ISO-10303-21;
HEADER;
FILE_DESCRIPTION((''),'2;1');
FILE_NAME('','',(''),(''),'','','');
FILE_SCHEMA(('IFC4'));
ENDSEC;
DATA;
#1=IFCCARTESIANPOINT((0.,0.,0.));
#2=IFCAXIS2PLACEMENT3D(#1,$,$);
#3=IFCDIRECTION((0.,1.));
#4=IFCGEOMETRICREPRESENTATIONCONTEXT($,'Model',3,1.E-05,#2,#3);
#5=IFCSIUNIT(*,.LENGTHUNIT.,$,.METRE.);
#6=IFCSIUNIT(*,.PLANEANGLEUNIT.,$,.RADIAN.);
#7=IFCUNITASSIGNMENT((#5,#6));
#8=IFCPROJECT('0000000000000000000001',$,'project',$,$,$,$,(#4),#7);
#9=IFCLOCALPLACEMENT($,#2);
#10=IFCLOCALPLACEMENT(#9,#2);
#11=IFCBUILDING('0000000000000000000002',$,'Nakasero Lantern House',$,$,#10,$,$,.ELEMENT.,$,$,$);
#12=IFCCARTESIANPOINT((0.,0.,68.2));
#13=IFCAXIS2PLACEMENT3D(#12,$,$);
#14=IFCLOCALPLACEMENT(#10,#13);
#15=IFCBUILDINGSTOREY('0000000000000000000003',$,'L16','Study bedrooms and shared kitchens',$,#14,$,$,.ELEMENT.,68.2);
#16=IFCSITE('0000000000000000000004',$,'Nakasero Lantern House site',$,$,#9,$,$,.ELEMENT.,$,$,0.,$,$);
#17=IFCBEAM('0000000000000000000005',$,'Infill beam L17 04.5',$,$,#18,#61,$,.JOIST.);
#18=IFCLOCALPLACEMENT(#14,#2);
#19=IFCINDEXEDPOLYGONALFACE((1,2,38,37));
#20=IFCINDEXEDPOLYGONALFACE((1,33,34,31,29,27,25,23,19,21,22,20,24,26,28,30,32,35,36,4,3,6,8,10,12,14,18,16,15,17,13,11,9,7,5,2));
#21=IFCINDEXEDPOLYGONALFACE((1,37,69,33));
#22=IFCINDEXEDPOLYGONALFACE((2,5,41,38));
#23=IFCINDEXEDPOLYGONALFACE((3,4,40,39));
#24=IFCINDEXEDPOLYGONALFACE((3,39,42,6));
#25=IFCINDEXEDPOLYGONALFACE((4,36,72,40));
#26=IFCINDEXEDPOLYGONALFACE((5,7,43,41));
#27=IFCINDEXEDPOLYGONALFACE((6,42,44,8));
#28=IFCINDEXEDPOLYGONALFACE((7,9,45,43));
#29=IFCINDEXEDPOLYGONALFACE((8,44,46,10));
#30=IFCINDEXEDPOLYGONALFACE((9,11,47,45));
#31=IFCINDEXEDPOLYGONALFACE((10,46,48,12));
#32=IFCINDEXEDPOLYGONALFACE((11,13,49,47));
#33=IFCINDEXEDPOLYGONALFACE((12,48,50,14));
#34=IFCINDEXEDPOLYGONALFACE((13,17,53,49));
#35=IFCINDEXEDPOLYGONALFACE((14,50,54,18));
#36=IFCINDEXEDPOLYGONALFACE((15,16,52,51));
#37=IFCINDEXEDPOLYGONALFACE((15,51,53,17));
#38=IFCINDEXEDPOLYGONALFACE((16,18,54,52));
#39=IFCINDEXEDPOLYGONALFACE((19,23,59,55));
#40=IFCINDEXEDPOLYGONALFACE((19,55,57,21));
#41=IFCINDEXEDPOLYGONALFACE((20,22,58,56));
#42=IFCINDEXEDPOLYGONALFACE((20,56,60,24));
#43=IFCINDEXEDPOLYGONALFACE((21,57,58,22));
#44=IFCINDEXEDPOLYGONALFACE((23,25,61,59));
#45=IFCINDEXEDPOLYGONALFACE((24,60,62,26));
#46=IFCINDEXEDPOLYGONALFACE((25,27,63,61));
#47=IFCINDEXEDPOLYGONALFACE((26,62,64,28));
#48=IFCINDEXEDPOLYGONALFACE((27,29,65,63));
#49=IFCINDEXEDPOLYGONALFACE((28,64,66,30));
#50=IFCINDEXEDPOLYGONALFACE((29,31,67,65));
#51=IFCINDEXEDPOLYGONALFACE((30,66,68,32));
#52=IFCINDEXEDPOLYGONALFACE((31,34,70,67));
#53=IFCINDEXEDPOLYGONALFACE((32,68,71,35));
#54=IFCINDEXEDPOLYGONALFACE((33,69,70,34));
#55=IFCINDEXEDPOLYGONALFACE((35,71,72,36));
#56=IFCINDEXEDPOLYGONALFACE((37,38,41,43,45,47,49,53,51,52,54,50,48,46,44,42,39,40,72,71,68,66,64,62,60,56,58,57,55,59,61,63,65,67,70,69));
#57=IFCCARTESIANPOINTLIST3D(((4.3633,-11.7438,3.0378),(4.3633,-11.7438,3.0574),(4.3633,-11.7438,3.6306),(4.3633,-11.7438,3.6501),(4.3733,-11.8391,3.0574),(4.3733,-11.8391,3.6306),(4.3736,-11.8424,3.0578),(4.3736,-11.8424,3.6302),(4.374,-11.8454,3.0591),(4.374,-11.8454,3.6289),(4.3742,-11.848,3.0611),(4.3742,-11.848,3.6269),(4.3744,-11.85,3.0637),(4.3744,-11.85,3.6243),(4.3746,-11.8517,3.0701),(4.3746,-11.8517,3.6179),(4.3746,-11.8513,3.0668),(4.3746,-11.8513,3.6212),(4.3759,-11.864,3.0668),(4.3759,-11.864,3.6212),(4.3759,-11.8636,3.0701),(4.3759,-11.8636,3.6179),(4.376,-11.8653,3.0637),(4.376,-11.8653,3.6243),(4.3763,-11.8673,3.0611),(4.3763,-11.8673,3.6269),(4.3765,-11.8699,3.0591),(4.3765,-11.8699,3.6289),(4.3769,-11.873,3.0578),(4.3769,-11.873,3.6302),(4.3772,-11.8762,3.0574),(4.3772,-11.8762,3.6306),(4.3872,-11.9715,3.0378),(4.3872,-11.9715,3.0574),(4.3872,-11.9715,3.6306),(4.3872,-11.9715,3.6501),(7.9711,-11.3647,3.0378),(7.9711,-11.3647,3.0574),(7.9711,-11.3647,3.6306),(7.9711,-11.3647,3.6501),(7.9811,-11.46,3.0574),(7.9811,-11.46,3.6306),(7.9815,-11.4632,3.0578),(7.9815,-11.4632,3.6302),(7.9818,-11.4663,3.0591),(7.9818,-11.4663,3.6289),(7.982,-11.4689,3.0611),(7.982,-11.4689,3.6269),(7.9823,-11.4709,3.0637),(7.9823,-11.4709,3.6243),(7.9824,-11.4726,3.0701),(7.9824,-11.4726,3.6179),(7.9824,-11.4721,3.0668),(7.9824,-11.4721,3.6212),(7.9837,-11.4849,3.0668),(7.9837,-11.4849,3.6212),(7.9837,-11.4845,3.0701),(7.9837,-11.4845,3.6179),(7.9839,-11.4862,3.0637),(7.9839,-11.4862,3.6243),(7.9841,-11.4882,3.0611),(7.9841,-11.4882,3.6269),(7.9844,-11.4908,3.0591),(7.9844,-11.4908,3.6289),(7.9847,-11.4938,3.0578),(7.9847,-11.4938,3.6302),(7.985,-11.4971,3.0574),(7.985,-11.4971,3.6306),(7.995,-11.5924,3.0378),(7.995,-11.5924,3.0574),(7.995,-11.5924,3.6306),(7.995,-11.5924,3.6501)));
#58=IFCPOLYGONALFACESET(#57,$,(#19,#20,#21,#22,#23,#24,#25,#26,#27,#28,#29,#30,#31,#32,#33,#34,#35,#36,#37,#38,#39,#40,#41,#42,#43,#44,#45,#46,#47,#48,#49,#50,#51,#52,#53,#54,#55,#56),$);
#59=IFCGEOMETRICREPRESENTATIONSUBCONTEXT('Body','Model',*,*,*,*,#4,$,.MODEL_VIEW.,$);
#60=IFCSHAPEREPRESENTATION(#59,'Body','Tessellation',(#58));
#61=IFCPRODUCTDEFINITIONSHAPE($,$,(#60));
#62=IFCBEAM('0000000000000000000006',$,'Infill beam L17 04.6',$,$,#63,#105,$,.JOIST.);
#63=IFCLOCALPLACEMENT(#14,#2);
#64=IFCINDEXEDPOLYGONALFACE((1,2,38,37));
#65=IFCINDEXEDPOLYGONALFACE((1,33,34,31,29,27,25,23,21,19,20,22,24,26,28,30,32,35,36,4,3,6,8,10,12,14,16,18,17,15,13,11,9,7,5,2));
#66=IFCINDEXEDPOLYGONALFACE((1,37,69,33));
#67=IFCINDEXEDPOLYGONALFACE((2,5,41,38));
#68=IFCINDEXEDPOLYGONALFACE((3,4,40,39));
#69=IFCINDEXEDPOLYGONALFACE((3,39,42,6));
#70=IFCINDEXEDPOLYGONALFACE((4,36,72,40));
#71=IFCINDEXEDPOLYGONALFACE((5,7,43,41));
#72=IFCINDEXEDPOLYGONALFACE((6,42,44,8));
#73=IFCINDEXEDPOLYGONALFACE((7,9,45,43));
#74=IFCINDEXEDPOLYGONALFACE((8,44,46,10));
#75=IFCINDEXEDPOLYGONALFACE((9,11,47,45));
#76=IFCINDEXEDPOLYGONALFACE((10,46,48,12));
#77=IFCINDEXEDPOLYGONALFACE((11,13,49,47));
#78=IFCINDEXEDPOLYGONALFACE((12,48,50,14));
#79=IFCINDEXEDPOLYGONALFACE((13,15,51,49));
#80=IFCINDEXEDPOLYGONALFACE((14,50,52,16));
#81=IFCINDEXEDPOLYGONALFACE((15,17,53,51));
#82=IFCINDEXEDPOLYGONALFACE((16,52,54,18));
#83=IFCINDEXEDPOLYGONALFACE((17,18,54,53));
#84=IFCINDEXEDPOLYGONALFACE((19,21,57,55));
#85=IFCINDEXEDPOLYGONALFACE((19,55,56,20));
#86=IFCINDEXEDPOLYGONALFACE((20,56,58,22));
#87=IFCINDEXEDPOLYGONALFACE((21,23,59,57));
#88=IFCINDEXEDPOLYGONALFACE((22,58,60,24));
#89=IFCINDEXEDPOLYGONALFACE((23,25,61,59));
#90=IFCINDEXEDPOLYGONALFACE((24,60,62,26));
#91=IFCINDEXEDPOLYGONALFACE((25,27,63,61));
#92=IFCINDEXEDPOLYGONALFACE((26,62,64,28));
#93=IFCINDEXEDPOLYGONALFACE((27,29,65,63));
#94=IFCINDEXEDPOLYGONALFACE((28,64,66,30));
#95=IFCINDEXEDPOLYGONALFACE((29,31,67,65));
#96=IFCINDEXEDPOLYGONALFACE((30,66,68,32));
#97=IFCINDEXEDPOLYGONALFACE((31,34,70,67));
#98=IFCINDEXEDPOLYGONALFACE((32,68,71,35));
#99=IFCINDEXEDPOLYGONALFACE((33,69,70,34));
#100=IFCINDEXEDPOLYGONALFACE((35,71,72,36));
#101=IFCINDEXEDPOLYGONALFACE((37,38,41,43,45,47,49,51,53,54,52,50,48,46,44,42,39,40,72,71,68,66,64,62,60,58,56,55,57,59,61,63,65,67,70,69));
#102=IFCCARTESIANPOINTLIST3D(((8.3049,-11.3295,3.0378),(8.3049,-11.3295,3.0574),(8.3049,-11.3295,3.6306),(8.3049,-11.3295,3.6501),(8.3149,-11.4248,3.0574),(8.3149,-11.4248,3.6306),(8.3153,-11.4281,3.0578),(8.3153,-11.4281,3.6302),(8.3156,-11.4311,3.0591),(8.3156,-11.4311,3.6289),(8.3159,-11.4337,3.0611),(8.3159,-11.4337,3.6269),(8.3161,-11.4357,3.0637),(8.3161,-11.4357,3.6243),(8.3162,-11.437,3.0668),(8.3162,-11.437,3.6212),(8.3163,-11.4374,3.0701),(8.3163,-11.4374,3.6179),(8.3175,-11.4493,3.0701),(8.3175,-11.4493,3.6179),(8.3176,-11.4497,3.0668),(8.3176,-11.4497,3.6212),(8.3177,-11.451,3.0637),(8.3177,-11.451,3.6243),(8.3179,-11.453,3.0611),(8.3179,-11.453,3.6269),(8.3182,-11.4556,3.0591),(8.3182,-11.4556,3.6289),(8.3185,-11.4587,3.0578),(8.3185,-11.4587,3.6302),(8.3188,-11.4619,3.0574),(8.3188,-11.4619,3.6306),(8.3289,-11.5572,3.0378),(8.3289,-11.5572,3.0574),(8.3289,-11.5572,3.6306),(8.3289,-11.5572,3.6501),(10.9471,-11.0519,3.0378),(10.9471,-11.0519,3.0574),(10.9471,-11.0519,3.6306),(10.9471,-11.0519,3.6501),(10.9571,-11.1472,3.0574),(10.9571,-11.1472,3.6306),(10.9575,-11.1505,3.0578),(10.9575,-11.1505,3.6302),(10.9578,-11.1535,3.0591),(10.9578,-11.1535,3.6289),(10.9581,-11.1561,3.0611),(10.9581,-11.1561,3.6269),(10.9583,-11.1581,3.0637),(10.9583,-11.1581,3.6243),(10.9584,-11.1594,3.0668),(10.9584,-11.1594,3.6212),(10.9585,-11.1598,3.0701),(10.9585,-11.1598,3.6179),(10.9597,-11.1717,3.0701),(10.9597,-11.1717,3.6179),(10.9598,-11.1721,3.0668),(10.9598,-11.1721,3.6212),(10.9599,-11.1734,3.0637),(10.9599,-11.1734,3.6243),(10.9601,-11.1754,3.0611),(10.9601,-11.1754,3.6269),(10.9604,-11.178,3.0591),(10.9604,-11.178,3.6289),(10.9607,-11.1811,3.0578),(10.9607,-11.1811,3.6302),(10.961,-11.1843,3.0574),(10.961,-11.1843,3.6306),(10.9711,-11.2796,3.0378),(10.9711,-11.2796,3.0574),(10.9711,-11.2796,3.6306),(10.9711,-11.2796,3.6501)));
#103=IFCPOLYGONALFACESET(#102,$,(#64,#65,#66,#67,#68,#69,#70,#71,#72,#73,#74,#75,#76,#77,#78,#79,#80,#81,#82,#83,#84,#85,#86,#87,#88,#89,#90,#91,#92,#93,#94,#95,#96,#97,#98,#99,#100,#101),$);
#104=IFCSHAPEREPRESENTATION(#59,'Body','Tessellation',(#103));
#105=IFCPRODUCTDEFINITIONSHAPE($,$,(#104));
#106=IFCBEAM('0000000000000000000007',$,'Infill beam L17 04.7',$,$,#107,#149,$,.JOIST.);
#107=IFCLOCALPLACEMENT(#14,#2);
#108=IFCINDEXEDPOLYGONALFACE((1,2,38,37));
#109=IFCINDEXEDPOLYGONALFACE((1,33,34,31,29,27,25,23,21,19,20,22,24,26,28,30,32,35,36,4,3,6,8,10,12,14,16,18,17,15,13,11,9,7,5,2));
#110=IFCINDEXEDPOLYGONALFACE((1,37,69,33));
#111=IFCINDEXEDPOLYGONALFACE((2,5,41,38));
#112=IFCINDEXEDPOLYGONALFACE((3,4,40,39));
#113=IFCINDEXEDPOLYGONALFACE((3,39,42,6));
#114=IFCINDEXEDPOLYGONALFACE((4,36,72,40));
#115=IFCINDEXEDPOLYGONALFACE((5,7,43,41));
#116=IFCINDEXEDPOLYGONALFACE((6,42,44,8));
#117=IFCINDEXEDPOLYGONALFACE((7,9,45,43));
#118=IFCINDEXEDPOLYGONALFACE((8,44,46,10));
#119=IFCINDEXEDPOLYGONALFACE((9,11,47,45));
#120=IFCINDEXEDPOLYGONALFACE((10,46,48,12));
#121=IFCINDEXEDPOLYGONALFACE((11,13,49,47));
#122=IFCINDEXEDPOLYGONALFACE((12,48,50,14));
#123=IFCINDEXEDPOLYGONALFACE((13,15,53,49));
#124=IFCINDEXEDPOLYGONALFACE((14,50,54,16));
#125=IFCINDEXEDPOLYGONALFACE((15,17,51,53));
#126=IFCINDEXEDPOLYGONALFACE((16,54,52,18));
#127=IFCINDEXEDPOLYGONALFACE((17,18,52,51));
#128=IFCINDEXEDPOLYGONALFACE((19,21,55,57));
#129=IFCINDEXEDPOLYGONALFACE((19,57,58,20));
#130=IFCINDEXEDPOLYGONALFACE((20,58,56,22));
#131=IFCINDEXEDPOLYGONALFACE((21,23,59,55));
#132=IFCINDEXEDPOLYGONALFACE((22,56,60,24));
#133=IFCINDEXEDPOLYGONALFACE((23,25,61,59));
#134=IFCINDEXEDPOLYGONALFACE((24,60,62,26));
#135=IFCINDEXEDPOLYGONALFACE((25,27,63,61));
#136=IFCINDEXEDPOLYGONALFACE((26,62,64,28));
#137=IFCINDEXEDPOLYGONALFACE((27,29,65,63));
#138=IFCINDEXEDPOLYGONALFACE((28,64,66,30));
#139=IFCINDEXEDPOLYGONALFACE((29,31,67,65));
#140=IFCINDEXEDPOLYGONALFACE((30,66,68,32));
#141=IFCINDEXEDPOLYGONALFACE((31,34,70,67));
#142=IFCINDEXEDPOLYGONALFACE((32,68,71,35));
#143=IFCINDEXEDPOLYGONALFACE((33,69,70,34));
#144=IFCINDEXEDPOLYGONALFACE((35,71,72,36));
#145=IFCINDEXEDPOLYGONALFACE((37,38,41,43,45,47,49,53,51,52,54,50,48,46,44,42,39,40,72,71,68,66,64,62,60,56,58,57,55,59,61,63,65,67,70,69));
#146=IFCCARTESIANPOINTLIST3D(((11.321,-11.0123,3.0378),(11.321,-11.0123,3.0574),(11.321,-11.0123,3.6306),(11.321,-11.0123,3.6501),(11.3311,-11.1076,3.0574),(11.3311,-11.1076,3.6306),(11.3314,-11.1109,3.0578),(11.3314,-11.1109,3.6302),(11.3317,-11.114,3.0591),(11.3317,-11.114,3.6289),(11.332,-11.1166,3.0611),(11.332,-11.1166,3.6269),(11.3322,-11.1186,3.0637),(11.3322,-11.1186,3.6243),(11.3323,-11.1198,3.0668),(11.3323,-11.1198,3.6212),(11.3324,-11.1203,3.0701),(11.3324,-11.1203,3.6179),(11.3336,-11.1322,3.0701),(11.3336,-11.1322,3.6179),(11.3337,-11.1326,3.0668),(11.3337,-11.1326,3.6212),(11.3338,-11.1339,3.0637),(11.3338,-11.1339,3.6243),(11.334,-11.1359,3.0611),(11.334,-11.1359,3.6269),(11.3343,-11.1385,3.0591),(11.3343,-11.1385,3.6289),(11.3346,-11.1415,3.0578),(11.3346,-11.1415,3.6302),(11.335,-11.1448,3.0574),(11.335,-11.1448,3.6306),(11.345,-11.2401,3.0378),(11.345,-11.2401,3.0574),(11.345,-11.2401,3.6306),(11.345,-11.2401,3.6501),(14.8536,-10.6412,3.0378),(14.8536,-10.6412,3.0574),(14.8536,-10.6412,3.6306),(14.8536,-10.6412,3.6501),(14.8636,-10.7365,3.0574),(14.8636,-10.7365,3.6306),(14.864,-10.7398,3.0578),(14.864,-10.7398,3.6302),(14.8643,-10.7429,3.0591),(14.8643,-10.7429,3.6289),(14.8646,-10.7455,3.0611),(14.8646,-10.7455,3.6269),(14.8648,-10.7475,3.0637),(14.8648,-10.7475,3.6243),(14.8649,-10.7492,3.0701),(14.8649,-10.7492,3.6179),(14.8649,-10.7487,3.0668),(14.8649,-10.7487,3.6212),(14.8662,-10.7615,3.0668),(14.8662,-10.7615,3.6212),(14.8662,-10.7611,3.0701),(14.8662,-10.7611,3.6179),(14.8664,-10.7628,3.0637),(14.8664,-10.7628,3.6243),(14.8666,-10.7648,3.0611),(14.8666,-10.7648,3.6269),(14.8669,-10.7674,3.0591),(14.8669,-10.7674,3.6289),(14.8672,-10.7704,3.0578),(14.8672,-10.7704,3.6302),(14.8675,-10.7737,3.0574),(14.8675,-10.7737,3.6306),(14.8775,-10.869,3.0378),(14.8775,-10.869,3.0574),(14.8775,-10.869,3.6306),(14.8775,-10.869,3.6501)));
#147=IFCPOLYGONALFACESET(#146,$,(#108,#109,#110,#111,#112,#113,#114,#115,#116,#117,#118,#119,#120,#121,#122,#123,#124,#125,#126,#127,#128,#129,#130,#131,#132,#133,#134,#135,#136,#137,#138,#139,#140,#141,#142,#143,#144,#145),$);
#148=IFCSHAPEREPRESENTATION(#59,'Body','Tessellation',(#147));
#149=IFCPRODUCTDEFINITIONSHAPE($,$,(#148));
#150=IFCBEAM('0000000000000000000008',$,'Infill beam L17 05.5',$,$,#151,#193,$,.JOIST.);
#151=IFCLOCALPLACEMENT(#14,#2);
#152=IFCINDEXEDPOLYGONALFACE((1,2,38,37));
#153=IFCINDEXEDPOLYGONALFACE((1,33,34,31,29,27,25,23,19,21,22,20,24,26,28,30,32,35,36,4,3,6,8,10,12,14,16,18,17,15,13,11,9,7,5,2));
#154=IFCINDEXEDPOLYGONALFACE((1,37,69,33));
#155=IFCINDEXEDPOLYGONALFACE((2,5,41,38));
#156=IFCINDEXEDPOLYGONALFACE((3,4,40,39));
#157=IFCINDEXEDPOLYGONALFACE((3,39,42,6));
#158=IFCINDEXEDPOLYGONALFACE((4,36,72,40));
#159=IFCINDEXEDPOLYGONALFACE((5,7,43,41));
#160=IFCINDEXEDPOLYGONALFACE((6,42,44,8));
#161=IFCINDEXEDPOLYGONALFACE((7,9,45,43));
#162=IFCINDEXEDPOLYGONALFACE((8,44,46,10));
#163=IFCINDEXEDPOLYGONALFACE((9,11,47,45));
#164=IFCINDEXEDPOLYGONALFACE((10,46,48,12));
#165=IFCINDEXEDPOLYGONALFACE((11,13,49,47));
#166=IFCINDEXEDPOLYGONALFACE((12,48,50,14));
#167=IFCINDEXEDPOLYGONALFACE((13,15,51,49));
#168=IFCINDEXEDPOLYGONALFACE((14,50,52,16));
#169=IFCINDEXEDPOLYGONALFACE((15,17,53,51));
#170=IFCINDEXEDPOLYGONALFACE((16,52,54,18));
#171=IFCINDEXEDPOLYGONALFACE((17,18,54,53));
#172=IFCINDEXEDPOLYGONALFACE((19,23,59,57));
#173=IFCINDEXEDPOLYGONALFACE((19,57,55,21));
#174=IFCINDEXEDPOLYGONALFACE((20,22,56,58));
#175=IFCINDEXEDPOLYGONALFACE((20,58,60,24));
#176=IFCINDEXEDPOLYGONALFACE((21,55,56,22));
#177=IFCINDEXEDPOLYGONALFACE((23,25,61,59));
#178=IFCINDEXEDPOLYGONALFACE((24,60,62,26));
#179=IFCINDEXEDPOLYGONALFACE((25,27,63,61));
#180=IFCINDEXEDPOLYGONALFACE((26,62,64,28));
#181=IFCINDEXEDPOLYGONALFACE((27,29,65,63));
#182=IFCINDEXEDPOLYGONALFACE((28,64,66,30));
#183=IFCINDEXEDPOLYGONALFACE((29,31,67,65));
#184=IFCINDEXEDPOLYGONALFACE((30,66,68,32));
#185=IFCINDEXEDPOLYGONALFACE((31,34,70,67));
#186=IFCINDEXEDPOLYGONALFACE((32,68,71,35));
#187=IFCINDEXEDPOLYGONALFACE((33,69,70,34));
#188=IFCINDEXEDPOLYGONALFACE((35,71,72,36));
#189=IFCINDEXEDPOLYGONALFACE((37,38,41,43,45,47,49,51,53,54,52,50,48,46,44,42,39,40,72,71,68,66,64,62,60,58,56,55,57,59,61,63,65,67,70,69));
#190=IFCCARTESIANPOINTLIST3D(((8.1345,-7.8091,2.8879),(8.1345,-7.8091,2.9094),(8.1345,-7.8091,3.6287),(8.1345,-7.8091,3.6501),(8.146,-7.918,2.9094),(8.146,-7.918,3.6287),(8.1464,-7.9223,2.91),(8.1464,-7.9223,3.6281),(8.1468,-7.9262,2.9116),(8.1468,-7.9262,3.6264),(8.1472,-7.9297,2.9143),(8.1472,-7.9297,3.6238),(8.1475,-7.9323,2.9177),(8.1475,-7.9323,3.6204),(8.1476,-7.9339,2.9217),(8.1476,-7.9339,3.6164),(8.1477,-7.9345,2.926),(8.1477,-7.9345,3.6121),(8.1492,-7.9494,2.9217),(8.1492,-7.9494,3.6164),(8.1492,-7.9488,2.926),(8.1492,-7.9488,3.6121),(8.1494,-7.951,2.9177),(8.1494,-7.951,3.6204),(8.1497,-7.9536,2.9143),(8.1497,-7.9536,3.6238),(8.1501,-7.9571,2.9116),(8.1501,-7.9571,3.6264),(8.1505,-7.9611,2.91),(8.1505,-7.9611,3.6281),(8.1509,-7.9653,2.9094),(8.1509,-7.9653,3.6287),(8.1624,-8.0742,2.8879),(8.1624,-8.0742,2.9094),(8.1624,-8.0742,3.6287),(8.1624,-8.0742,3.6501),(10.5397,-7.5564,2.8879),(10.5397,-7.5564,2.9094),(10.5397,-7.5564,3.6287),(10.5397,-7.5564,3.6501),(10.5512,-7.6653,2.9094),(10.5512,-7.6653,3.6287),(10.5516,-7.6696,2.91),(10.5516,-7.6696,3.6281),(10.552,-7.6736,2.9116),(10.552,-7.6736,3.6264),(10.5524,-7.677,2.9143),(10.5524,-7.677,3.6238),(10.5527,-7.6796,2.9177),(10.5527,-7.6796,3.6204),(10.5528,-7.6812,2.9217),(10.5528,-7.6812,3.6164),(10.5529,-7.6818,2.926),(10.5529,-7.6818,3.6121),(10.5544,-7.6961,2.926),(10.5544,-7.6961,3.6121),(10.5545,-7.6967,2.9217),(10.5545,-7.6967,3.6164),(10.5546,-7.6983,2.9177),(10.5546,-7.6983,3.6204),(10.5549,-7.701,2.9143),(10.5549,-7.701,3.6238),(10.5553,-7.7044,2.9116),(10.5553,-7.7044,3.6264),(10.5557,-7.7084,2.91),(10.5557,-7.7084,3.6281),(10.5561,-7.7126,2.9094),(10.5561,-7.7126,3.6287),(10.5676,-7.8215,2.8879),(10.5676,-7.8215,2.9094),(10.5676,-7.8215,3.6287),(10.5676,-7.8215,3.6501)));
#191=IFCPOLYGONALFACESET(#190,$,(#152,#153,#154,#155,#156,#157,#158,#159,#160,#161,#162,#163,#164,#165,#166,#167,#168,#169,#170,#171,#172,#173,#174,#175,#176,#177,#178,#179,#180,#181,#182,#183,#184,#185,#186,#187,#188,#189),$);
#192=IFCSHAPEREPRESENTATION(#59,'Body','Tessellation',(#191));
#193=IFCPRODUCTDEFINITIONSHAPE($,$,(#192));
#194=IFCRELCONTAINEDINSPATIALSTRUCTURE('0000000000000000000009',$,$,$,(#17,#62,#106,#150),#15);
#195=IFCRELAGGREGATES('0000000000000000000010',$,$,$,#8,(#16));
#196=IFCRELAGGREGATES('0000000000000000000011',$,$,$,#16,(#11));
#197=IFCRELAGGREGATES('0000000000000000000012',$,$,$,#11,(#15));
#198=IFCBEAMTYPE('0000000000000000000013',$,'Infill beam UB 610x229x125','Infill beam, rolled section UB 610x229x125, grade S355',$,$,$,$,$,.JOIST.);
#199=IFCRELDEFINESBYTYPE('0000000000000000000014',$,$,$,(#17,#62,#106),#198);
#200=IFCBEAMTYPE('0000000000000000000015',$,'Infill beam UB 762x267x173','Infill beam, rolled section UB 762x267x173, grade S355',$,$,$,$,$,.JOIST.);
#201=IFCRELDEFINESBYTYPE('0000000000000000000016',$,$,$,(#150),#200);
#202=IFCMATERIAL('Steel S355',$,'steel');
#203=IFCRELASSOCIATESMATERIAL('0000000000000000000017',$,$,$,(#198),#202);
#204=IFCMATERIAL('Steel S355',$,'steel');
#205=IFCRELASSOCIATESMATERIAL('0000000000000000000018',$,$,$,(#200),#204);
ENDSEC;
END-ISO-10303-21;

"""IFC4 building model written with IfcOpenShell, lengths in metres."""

from ifc_helpers import new_model, si_unit, direction, frame, origin, origin_2d, place, context, subcontext, project, spatial, i_section, extrude, material, material_profile, profile_set, type_object, element, save


model = new_model("IFC4")

# Units and contexts
model_context = context("Model", 3, precision=1e-05, world=origin(), true_north=direction((0.0, 1.0)))
body_context = subcontext(model_context, "Body", "Model", "MODEL_VIEW")
ifc_project = project(units=[si_unit("LENGTHUNIT", "METRE"), si_unit("PLANEANGLEUNIT", "RADIAN")], contexts=[model_context])

# Site, building, storey
site_placement = place(None, origin())
site = spatial("IfcSite", under=ifc_project, at=site_placement, Name="Nakasero Lantern House site", CompositionType="ELEMENT", RefElevation=0.0)
building_placement = place(site_placement, origin())
building = spatial("IfcBuilding", under=site, at=building_placement, Name="Nakasero Lantern House", CompositionType="ELEMENT")
storey_placement = place(building_placement, frame((0.0, 0.0, 68.2)))
storey = spatial("IfcBuildingStorey", under=building, at=storey_placement, Name="L16", Description="Study bedrooms and shared kitchens", CompositionType="ELEMENT", Elevation=68.2)

# Beams
ifc_material_1 = material(Name="Steel S355", Category="steel")
ifc_material_profile_1 = material_profile(ifc_material_1, i_section(OverallWidth=0.229, OverallDepth=0.6123, WebThickness=0.012, FlangeThickness=0.0195, FilletRadius=0.0127, at=origin_2d()), Name="UB 610x229x125")
ifc_profile_set_1 = profile_set([ifc_material_profile_1], Name="Steel S355")
beam_type_1 = type_object("IfcBeamType", Name="Infill beam UB 610x229x125", Description="Infill beam, rolled section UB 610x229x125, grade S355", PredefinedType="JOIST", material=ifc_profile_set_1)
beam_1_placement = place(storey_placement, frame((4.3752, -11.8577, 3.344), z_axis=(0.994524, 0.104513, 0.0), x_axis=(-0.104513, 0.994524, 0.0)))
element("IfcBeam", 1, at=beam_1_placement, inside=storey, type_object=beam_type_1, Name="Infill beam L17 04.5", PredefinedType="JOIST", context=body_context, shape_type="SweptSolid", body=[
    extrude(i_section(OverallWidth=0.229, OverallDepth=0.6123, WebThickness=0.012, FlangeThickness=0.0195, FilletRadius=0.0127, at=origin_2d()), origin(), (0.0, 0.0, 1.0), 3.6277),
])
beam_2_placement = place(storey_placement, frame((8.3169, -11.4434, 3.344), z_axis=(0.994526, 0.104489, 0.0), x_axis=(-0.104489, 0.994526, 0.0)))
element("IfcBeam", 2, at=beam_2_placement, inside=storey, type_object=beam_type_1, Name="Infill beam L17 04.6", PredefinedType="JOIST", context=body_context, shape_type="SweptSolid", body=[
    extrude(i_section(OverallWidth=0.229, OverallDepth=0.6123, WebThickness=0.012, FlangeThickness=0.0195, FilletRadius=0.0127, at=origin_2d()), origin(), (0.0, 0.0, 1.0), 2.6567),
])
beam_3_placement = place(storey_placement, frame((11.333, -11.1262, 3.344), z_axis=(0.994527, 0.104477, 0.0), x_axis=(-0.104477, 0.994527, 0.0)))
element("IfcBeam", 3, at=beam_3_placement, inside=storey, type_object=beam_type_1, Name="Infill beam L17 04.7", PredefinedType="JOIST", context=body_context, shape_type="SweptSolid", body=[
    extrude(i_section(OverallWidth=0.229, OverallDepth=0.6123, WebThickness=0.012, FlangeThickness=0.0195, FilletRadius=0.0127, at=origin_2d()), origin(), (0.0, 0.0, 1.0), 3.552),
])
ifc_material_2 = material(Name="Steel S355", Category="steel")
ifc_material_profile_2 = material_profile(ifc_material_2, i_section(OverallWidth=0.2666, OverallDepth=0.7622, WebThickness=0.0144, FlangeThickness=0.0215, FilletRadius=0.0166, at=origin_2d()), Name="UB 762x267x173")
ifc_profile_set_2 = profile_set([ifc_material_profile_2], Name="Steel S355")
beam_type_2 = type_object("IfcBeamType", Name="Infill beam UB 762x267x173", Description="Infill beam, rolled section UB 762x267x173, grade S355", PredefinedType="JOIST", material=ifc_profile_set_2)
beam_4_placement = place(storey_placement, frame((8.1484, -7.9417, 3.269), z_axis=(0.994527, 0.10448, 0.0), x_axis=(-0.10448, 0.994527, 0.0)))
element("IfcBeam", 4, at=beam_4_placement, inside=storey, type_object=beam_type_2, Name="Infill beam L17 05.5", PredefinedType="JOIST", context=body_context, shape_type="SweptSolid", body=[
    extrude(i_section(OverallWidth=0.2666, OverallDepth=0.7622, WebThickness=0.0144, FlangeThickness=0.0215, FilletRadius=0.0166, at=origin_2d()), origin(), (0.0, 0.0, 1.0), 2.4185),
])

save(model, "model.ifc")
